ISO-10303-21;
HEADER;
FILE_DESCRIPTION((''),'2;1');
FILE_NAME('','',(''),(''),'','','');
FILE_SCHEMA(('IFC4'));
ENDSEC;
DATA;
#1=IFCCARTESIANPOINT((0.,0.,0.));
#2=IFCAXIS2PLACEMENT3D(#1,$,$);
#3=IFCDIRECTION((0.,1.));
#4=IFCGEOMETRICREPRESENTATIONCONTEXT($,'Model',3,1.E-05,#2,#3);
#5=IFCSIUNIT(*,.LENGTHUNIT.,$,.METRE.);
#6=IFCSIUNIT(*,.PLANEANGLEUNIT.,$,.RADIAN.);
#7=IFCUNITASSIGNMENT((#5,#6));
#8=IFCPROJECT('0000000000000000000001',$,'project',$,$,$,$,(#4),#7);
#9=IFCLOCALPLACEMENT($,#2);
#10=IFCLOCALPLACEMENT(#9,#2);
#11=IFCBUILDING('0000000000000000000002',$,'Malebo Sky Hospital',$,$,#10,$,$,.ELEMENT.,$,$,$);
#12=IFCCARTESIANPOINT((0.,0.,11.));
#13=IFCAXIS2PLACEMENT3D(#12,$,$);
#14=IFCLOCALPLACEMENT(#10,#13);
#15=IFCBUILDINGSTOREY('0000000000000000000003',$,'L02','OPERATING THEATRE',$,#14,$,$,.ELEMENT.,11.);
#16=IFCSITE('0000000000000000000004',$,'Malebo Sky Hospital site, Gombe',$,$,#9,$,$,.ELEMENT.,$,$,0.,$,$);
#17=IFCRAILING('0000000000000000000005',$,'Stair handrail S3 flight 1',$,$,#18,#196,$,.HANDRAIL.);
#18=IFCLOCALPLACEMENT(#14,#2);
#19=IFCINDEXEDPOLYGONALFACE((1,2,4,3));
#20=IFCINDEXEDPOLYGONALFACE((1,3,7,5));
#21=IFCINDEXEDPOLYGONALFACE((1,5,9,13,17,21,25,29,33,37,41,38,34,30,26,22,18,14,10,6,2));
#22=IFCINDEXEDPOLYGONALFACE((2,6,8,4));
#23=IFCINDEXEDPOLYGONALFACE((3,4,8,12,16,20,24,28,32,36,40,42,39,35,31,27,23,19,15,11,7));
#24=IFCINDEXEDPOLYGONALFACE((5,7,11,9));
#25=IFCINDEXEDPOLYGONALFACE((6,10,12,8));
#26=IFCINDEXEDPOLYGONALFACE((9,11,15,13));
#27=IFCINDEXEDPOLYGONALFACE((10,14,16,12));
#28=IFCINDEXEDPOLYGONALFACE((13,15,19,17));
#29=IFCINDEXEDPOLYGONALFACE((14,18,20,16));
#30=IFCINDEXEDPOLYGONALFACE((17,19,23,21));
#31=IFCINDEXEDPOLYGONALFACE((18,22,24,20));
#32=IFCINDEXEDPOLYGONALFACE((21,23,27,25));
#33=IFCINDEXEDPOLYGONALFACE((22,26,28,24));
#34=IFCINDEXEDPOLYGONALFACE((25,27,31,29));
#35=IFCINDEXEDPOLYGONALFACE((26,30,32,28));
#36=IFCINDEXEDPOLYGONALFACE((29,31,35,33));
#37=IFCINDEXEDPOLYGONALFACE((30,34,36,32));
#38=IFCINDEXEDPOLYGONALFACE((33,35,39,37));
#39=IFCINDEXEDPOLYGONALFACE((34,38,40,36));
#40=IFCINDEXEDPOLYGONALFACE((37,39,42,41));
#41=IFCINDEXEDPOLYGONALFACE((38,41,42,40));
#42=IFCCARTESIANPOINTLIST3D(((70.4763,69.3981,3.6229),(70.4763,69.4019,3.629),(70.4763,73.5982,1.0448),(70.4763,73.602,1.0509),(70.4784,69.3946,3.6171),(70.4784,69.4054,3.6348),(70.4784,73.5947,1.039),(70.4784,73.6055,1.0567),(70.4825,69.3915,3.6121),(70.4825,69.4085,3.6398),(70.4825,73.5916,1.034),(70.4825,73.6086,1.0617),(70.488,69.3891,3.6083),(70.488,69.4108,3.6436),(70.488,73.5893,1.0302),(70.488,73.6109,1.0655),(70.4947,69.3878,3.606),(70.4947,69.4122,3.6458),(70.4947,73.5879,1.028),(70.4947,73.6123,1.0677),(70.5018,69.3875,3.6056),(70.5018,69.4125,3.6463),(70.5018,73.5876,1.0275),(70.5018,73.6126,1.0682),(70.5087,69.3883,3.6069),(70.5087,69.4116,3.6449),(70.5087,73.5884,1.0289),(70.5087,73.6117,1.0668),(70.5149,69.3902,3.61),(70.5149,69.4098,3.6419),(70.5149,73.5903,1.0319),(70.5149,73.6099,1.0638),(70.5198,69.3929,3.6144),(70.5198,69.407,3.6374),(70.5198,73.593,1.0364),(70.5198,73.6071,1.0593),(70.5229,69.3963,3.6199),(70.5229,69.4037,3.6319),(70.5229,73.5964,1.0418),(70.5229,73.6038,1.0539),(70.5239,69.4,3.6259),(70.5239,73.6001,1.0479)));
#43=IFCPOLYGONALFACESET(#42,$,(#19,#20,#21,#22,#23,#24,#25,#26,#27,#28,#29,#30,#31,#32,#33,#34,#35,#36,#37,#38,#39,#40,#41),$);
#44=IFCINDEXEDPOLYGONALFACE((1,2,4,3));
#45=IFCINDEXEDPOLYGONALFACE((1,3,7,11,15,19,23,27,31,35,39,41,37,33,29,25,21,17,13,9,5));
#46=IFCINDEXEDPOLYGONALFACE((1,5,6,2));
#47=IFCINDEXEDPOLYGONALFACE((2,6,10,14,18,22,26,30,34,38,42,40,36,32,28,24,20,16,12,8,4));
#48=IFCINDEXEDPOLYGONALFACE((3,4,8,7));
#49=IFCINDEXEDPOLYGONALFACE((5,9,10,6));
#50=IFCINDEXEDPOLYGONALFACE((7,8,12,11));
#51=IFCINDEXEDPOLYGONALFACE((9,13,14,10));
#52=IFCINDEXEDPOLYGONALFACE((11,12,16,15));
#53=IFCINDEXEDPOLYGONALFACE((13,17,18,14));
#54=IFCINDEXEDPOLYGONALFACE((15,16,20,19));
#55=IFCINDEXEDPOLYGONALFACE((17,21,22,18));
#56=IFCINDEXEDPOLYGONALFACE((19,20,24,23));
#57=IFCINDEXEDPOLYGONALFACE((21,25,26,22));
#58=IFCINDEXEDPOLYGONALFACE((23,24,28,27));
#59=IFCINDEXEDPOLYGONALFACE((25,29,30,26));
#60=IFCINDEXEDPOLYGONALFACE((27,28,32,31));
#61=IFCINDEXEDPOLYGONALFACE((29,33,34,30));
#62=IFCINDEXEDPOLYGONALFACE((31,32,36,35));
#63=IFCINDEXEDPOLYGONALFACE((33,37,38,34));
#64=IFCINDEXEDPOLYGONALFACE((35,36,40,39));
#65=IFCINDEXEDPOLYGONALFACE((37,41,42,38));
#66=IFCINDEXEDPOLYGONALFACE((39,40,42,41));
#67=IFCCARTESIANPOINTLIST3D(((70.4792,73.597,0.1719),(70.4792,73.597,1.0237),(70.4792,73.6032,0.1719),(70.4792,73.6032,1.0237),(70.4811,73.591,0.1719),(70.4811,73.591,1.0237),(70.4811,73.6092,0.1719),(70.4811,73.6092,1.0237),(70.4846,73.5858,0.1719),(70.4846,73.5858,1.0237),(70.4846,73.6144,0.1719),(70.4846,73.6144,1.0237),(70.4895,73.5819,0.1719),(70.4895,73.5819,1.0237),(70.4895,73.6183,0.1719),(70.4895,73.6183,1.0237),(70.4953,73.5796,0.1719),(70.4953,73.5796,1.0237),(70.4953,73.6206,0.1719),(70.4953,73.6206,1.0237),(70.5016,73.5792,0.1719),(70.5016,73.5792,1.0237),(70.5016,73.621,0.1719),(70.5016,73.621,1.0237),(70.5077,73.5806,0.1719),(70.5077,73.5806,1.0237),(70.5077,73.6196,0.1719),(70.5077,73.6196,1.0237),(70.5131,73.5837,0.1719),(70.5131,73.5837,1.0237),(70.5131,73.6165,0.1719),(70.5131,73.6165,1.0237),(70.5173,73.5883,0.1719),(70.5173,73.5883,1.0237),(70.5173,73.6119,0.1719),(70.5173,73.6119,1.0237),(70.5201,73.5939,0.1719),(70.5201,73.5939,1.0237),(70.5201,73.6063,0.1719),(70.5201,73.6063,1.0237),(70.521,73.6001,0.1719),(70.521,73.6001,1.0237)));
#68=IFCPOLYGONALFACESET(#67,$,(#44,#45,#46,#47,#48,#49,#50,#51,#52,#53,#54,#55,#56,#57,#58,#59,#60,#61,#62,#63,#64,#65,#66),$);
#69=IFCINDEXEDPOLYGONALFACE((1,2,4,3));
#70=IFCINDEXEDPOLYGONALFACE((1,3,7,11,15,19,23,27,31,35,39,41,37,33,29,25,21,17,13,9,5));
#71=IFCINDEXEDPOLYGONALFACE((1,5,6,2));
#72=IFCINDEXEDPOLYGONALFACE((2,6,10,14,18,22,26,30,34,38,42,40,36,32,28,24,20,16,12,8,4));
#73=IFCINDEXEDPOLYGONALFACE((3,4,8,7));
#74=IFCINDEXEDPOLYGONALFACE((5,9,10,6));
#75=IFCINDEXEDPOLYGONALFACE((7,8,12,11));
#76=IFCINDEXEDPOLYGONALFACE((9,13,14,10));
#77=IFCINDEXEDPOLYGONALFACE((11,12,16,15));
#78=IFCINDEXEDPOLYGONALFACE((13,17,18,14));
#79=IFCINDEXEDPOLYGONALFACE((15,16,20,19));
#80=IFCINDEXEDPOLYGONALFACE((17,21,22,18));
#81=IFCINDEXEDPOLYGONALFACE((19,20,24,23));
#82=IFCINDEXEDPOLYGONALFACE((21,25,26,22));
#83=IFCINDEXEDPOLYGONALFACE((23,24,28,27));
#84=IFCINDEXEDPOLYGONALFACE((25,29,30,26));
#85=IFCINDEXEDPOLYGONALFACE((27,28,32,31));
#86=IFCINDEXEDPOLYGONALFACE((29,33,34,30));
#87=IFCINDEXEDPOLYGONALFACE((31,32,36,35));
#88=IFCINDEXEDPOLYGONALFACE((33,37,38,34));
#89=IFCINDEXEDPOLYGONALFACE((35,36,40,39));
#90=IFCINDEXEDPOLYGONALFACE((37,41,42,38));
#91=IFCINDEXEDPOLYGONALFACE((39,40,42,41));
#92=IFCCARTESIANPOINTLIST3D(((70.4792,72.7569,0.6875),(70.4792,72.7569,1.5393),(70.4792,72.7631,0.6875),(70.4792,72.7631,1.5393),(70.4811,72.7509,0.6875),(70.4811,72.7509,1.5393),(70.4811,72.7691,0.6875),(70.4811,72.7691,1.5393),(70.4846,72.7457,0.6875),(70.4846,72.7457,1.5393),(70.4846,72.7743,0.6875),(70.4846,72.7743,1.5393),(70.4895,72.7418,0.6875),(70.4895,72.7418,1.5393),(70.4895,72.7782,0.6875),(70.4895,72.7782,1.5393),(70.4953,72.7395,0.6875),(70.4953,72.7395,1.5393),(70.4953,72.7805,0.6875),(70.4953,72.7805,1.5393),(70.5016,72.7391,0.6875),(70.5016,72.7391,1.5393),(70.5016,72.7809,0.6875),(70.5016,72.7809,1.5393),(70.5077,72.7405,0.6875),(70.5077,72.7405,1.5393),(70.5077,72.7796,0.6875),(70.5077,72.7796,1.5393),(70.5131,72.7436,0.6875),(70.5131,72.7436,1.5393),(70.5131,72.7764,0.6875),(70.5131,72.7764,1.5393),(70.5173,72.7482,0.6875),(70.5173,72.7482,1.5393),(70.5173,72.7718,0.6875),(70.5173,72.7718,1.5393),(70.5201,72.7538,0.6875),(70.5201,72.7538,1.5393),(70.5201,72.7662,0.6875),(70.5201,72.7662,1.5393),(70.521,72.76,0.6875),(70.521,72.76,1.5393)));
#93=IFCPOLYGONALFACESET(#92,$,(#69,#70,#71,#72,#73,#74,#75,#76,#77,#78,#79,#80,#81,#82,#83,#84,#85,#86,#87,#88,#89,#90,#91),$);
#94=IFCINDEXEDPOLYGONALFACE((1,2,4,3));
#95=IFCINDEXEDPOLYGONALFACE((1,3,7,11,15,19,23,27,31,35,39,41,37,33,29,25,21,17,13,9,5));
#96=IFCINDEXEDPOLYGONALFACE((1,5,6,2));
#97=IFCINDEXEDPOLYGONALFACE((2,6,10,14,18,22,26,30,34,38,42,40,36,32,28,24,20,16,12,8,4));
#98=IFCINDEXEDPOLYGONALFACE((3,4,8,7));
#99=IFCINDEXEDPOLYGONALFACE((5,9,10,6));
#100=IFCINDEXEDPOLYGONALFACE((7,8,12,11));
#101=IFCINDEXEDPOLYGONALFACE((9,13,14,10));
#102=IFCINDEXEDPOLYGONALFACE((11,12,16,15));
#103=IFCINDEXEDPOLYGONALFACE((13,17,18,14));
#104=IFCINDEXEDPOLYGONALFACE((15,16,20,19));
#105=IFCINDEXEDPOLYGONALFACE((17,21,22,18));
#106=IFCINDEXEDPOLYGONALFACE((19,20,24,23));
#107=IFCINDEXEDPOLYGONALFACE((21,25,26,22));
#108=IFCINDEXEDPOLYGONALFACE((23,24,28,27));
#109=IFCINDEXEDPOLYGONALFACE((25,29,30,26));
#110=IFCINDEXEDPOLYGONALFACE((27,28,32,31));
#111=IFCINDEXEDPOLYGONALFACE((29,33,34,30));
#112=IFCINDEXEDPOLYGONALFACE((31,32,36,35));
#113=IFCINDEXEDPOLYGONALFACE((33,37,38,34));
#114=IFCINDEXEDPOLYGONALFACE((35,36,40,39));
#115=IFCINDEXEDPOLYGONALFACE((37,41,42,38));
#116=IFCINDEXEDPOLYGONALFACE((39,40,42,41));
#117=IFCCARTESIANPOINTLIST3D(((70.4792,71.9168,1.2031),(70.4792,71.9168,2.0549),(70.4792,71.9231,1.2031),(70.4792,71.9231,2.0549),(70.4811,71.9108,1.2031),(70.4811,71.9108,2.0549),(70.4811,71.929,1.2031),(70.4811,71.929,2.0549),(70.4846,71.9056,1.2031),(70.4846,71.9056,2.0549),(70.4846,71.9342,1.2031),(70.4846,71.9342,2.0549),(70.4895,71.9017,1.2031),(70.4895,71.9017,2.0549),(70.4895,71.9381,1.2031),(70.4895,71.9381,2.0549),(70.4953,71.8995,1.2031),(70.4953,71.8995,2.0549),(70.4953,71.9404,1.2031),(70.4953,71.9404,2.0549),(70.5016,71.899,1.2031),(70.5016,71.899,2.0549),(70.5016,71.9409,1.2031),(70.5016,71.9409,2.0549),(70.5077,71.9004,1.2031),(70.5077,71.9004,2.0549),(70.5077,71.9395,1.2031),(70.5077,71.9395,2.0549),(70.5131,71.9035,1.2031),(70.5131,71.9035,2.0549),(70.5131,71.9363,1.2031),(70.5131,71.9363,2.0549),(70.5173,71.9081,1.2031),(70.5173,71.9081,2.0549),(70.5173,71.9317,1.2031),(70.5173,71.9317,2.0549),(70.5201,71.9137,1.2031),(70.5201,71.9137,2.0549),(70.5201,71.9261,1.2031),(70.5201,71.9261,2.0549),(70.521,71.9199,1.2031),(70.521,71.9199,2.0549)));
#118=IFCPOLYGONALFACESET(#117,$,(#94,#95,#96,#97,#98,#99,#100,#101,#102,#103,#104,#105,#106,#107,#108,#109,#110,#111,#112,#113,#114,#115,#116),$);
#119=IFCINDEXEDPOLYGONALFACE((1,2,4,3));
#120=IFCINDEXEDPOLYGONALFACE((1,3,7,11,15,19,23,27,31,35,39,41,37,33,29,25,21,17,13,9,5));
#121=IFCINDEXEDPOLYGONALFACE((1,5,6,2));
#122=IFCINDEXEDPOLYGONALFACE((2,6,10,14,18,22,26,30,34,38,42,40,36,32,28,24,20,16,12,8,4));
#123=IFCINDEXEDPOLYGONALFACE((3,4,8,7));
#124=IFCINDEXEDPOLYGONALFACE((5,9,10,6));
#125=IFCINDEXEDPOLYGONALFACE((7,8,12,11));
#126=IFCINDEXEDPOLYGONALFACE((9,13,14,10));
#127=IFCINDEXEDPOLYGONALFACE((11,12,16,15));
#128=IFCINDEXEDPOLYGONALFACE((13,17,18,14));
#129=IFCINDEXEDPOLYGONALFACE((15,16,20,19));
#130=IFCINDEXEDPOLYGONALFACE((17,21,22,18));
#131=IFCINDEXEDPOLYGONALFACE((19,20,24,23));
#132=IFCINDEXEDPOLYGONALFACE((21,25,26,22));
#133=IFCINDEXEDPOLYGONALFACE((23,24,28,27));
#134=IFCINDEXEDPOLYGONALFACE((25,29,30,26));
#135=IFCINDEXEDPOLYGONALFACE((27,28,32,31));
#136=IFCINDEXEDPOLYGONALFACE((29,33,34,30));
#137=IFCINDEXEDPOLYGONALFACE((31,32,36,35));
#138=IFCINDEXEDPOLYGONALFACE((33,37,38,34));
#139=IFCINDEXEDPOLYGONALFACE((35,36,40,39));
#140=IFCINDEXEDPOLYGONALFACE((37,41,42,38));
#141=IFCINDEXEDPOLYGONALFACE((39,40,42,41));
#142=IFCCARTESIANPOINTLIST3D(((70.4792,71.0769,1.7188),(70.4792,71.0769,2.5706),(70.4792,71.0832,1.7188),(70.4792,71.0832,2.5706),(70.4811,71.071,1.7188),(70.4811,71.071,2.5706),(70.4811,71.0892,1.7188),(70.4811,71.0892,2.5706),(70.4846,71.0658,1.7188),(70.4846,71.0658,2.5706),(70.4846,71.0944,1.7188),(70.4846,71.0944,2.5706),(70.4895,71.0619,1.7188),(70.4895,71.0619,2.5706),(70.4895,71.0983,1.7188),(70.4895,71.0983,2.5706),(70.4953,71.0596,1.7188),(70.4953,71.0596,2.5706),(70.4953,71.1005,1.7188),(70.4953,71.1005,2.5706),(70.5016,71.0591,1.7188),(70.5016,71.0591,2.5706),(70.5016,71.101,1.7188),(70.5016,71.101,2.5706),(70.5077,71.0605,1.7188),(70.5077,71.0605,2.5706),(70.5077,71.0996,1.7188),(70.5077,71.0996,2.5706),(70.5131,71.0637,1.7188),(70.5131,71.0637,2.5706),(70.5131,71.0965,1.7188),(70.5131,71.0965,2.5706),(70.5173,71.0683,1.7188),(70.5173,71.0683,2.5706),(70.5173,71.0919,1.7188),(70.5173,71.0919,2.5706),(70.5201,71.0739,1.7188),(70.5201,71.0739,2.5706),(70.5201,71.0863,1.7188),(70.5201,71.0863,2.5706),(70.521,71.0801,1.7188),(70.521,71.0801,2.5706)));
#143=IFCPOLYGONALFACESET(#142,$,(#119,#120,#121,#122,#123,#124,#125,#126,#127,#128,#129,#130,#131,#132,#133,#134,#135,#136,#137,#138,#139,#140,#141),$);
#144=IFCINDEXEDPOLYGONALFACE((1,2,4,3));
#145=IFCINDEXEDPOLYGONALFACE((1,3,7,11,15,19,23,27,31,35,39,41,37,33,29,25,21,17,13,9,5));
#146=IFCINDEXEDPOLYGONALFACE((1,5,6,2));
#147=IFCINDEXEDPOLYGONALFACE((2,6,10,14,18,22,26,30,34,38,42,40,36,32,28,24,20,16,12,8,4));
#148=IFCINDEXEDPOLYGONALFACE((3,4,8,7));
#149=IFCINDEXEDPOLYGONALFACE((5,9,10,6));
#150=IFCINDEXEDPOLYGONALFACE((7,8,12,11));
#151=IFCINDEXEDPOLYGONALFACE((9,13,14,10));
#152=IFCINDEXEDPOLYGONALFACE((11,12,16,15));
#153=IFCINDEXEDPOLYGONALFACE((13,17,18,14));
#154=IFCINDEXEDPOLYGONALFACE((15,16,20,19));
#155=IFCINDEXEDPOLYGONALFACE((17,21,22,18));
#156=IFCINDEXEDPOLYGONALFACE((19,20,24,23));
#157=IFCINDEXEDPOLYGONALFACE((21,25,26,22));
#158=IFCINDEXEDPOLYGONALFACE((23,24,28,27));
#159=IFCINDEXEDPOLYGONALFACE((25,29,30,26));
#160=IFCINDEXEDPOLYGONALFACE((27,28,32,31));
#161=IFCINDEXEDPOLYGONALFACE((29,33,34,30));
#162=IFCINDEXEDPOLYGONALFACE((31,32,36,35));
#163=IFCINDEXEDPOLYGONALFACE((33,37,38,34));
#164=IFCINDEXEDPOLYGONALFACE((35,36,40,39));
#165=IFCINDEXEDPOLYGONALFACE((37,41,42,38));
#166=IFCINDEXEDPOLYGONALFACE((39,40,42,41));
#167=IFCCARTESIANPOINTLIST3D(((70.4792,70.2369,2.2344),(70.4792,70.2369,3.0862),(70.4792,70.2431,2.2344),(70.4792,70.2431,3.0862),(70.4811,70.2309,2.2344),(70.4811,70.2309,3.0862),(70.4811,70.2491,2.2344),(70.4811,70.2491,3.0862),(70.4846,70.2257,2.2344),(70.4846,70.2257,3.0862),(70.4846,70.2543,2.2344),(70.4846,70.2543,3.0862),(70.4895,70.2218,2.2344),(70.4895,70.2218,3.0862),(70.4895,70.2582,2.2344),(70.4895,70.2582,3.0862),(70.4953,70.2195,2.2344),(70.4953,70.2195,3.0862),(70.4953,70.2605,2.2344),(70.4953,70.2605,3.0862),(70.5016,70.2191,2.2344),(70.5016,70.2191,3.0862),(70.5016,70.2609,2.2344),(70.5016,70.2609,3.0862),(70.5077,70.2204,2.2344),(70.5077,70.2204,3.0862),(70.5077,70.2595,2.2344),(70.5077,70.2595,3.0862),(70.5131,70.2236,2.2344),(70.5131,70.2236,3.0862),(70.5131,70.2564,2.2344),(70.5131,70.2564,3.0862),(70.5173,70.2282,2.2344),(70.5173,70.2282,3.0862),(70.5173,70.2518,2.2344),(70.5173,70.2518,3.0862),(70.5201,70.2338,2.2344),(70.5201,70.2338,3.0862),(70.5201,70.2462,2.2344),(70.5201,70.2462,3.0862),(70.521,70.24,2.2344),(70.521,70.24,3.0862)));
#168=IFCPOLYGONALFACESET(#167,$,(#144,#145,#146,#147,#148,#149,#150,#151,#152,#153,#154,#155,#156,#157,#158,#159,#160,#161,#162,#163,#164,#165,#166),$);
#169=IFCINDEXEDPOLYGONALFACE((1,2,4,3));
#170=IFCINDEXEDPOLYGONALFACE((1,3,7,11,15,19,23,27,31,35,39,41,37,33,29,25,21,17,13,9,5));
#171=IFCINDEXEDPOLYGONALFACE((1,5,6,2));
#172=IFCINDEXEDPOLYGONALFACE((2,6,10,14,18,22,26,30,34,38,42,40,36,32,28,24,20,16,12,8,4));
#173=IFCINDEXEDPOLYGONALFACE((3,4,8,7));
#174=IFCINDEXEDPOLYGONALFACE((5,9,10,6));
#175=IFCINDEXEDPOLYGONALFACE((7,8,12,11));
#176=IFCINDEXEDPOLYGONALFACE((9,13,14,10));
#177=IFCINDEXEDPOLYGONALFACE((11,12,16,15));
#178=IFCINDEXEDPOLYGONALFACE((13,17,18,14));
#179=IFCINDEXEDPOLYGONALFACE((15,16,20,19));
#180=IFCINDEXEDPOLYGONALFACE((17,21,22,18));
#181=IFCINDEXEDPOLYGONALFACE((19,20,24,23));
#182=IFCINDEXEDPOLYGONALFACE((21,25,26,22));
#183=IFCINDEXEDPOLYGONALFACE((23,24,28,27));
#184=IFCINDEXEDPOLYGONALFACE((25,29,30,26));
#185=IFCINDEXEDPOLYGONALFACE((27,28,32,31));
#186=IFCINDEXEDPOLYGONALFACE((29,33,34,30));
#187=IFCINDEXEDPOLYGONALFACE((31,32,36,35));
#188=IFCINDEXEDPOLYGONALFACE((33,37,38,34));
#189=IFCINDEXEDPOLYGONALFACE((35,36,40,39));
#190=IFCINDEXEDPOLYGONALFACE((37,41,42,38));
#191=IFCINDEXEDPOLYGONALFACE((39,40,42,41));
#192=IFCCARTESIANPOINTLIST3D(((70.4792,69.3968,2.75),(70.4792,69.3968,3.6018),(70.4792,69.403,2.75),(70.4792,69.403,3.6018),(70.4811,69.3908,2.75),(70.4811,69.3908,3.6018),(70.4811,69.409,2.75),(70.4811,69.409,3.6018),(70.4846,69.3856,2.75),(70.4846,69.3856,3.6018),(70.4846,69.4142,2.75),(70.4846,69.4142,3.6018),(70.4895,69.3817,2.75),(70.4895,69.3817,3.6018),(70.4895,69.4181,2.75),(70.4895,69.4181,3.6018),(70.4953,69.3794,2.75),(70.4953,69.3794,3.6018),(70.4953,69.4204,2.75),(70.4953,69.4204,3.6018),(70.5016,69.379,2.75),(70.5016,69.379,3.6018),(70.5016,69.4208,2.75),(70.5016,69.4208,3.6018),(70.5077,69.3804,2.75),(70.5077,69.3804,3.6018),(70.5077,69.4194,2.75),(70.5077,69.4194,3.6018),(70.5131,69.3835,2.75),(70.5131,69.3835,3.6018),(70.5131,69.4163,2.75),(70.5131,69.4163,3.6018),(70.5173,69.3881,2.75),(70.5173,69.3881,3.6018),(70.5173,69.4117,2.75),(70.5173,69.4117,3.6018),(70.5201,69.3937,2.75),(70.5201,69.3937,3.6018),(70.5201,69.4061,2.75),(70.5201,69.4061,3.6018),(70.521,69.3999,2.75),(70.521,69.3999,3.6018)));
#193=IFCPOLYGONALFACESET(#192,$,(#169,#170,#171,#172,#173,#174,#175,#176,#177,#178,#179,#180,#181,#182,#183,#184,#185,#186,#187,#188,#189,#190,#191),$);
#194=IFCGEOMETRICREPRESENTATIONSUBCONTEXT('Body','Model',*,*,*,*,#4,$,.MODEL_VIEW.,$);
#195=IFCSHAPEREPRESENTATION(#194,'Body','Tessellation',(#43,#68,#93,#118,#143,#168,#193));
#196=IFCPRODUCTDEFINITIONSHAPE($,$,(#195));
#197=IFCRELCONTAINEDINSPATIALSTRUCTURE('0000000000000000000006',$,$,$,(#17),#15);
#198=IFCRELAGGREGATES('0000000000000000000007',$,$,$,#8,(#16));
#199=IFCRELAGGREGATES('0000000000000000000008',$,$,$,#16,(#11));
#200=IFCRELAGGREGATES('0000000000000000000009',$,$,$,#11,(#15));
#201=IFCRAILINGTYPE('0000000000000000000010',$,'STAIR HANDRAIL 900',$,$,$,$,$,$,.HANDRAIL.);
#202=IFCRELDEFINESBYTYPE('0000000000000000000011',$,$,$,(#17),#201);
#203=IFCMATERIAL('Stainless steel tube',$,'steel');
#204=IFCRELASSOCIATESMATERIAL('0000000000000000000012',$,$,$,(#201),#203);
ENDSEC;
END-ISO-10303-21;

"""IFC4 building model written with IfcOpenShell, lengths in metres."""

from ifc_helpers import new_model, si_unit, direction, frame, origin, origin_2d, place, context, subcontext, project, spatial, circle, extrude, material, type_object, element, save


model = new_model("IFC4")

# Units and contexts
model_context = context("Model", 3, precision=1e-05, world=origin(), true_north=direction((0.0, 1.0)))
body_context = subcontext(model_context, "Body", "Model", "MODEL_VIEW")
ifc_project = project(units=[si_unit("LENGTHUNIT", "METRE"), si_unit("PLANEANGLEUNIT", "RADIAN")], contexts=[model_context])

# Site, building, storey
site_placement = place(None, origin())
site = spatial("IfcSite", under=ifc_project, at=site_placement, Name="Malebo Sky Hospital site, Gombe", CompositionType="ELEMENT", RefElevation=0.0)
building_placement = place(site_placement, origin())
building = spatial("IfcBuilding", under=site, at=building_placement, Name="Malebo Sky Hospital", CompositionType="ELEMENT")
storey_placement = place(building_placement, frame((0.0, 0.0, 11.0)))
storey = spatial("IfcBuildingStorey", under=building, at=storey_placement, Name="L02", Description="OPERATING THEATRE", CompositionType="ELEMENT", Elevation=11.0)

# Railing
ifc_material_1 = material(Name="Stainless steel tube", Category="steel")
railing_type = type_object("IfcRailingType", Name="STAIR HANDRAIL 900", PredefinedType="HANDRAIL", material=ifc_material_1)
railing_1_placement = place(storey_placement, frame((70.5, 73.6001, 0.1719)))
element("IfcRailing", 1, at=railing_1_placement, inside=storey, type_object=railing_type, Name="Stair handrail S3 flight 1", PredefinedType="HANDRAIL", context=body_context, shape_type="SweptSolid", body=[
    extrude(circle(Radius=0.0239, at=origin_2d()), frame((0.0, 0.0, 0.876), z_axis=(0.0, -0.852256, 0.523124), x_axis=(1.0, 0.0, 0.0)), (0.0, 0.0, 1.0), 4.9282),
    extrude(circle(Radius=0.021, at=origin_2d()), origin(), (0.0, 0.0, 1.0), 0.8518),
    extrude(circle(Radius=0.021, at=origin_2d()), frame((0.0, -0.8401, 0.5156)), (0.0, 0.0, 1.0), 0.8518),
    extrude(circle(Radius=0.021, at=origin_2d()), frame((0.0, -1.6802, 1.0312)), (0.0, 0.0, 1.0), 0.8518),
    extrude(circle(Radius=0.021, at=origin_2d()), frame((0.0, -2.52, 1.5469)), (0.0, 0.0, 1.0), 0.8518),
    extrude(circle(Radius=0.021, at=origin_2d()), frame((0.0, -3.3601, 2.0625)), (0.0, 0.0, 1.0), 0.8518),
    extrude(circle(Radius=0.021, at=origin_2d()), frame((0.0, -4.2002, 2.5781)), (0.0, 0.0, 1.0), 0.8518),
])

save(model, "model.ifc")
